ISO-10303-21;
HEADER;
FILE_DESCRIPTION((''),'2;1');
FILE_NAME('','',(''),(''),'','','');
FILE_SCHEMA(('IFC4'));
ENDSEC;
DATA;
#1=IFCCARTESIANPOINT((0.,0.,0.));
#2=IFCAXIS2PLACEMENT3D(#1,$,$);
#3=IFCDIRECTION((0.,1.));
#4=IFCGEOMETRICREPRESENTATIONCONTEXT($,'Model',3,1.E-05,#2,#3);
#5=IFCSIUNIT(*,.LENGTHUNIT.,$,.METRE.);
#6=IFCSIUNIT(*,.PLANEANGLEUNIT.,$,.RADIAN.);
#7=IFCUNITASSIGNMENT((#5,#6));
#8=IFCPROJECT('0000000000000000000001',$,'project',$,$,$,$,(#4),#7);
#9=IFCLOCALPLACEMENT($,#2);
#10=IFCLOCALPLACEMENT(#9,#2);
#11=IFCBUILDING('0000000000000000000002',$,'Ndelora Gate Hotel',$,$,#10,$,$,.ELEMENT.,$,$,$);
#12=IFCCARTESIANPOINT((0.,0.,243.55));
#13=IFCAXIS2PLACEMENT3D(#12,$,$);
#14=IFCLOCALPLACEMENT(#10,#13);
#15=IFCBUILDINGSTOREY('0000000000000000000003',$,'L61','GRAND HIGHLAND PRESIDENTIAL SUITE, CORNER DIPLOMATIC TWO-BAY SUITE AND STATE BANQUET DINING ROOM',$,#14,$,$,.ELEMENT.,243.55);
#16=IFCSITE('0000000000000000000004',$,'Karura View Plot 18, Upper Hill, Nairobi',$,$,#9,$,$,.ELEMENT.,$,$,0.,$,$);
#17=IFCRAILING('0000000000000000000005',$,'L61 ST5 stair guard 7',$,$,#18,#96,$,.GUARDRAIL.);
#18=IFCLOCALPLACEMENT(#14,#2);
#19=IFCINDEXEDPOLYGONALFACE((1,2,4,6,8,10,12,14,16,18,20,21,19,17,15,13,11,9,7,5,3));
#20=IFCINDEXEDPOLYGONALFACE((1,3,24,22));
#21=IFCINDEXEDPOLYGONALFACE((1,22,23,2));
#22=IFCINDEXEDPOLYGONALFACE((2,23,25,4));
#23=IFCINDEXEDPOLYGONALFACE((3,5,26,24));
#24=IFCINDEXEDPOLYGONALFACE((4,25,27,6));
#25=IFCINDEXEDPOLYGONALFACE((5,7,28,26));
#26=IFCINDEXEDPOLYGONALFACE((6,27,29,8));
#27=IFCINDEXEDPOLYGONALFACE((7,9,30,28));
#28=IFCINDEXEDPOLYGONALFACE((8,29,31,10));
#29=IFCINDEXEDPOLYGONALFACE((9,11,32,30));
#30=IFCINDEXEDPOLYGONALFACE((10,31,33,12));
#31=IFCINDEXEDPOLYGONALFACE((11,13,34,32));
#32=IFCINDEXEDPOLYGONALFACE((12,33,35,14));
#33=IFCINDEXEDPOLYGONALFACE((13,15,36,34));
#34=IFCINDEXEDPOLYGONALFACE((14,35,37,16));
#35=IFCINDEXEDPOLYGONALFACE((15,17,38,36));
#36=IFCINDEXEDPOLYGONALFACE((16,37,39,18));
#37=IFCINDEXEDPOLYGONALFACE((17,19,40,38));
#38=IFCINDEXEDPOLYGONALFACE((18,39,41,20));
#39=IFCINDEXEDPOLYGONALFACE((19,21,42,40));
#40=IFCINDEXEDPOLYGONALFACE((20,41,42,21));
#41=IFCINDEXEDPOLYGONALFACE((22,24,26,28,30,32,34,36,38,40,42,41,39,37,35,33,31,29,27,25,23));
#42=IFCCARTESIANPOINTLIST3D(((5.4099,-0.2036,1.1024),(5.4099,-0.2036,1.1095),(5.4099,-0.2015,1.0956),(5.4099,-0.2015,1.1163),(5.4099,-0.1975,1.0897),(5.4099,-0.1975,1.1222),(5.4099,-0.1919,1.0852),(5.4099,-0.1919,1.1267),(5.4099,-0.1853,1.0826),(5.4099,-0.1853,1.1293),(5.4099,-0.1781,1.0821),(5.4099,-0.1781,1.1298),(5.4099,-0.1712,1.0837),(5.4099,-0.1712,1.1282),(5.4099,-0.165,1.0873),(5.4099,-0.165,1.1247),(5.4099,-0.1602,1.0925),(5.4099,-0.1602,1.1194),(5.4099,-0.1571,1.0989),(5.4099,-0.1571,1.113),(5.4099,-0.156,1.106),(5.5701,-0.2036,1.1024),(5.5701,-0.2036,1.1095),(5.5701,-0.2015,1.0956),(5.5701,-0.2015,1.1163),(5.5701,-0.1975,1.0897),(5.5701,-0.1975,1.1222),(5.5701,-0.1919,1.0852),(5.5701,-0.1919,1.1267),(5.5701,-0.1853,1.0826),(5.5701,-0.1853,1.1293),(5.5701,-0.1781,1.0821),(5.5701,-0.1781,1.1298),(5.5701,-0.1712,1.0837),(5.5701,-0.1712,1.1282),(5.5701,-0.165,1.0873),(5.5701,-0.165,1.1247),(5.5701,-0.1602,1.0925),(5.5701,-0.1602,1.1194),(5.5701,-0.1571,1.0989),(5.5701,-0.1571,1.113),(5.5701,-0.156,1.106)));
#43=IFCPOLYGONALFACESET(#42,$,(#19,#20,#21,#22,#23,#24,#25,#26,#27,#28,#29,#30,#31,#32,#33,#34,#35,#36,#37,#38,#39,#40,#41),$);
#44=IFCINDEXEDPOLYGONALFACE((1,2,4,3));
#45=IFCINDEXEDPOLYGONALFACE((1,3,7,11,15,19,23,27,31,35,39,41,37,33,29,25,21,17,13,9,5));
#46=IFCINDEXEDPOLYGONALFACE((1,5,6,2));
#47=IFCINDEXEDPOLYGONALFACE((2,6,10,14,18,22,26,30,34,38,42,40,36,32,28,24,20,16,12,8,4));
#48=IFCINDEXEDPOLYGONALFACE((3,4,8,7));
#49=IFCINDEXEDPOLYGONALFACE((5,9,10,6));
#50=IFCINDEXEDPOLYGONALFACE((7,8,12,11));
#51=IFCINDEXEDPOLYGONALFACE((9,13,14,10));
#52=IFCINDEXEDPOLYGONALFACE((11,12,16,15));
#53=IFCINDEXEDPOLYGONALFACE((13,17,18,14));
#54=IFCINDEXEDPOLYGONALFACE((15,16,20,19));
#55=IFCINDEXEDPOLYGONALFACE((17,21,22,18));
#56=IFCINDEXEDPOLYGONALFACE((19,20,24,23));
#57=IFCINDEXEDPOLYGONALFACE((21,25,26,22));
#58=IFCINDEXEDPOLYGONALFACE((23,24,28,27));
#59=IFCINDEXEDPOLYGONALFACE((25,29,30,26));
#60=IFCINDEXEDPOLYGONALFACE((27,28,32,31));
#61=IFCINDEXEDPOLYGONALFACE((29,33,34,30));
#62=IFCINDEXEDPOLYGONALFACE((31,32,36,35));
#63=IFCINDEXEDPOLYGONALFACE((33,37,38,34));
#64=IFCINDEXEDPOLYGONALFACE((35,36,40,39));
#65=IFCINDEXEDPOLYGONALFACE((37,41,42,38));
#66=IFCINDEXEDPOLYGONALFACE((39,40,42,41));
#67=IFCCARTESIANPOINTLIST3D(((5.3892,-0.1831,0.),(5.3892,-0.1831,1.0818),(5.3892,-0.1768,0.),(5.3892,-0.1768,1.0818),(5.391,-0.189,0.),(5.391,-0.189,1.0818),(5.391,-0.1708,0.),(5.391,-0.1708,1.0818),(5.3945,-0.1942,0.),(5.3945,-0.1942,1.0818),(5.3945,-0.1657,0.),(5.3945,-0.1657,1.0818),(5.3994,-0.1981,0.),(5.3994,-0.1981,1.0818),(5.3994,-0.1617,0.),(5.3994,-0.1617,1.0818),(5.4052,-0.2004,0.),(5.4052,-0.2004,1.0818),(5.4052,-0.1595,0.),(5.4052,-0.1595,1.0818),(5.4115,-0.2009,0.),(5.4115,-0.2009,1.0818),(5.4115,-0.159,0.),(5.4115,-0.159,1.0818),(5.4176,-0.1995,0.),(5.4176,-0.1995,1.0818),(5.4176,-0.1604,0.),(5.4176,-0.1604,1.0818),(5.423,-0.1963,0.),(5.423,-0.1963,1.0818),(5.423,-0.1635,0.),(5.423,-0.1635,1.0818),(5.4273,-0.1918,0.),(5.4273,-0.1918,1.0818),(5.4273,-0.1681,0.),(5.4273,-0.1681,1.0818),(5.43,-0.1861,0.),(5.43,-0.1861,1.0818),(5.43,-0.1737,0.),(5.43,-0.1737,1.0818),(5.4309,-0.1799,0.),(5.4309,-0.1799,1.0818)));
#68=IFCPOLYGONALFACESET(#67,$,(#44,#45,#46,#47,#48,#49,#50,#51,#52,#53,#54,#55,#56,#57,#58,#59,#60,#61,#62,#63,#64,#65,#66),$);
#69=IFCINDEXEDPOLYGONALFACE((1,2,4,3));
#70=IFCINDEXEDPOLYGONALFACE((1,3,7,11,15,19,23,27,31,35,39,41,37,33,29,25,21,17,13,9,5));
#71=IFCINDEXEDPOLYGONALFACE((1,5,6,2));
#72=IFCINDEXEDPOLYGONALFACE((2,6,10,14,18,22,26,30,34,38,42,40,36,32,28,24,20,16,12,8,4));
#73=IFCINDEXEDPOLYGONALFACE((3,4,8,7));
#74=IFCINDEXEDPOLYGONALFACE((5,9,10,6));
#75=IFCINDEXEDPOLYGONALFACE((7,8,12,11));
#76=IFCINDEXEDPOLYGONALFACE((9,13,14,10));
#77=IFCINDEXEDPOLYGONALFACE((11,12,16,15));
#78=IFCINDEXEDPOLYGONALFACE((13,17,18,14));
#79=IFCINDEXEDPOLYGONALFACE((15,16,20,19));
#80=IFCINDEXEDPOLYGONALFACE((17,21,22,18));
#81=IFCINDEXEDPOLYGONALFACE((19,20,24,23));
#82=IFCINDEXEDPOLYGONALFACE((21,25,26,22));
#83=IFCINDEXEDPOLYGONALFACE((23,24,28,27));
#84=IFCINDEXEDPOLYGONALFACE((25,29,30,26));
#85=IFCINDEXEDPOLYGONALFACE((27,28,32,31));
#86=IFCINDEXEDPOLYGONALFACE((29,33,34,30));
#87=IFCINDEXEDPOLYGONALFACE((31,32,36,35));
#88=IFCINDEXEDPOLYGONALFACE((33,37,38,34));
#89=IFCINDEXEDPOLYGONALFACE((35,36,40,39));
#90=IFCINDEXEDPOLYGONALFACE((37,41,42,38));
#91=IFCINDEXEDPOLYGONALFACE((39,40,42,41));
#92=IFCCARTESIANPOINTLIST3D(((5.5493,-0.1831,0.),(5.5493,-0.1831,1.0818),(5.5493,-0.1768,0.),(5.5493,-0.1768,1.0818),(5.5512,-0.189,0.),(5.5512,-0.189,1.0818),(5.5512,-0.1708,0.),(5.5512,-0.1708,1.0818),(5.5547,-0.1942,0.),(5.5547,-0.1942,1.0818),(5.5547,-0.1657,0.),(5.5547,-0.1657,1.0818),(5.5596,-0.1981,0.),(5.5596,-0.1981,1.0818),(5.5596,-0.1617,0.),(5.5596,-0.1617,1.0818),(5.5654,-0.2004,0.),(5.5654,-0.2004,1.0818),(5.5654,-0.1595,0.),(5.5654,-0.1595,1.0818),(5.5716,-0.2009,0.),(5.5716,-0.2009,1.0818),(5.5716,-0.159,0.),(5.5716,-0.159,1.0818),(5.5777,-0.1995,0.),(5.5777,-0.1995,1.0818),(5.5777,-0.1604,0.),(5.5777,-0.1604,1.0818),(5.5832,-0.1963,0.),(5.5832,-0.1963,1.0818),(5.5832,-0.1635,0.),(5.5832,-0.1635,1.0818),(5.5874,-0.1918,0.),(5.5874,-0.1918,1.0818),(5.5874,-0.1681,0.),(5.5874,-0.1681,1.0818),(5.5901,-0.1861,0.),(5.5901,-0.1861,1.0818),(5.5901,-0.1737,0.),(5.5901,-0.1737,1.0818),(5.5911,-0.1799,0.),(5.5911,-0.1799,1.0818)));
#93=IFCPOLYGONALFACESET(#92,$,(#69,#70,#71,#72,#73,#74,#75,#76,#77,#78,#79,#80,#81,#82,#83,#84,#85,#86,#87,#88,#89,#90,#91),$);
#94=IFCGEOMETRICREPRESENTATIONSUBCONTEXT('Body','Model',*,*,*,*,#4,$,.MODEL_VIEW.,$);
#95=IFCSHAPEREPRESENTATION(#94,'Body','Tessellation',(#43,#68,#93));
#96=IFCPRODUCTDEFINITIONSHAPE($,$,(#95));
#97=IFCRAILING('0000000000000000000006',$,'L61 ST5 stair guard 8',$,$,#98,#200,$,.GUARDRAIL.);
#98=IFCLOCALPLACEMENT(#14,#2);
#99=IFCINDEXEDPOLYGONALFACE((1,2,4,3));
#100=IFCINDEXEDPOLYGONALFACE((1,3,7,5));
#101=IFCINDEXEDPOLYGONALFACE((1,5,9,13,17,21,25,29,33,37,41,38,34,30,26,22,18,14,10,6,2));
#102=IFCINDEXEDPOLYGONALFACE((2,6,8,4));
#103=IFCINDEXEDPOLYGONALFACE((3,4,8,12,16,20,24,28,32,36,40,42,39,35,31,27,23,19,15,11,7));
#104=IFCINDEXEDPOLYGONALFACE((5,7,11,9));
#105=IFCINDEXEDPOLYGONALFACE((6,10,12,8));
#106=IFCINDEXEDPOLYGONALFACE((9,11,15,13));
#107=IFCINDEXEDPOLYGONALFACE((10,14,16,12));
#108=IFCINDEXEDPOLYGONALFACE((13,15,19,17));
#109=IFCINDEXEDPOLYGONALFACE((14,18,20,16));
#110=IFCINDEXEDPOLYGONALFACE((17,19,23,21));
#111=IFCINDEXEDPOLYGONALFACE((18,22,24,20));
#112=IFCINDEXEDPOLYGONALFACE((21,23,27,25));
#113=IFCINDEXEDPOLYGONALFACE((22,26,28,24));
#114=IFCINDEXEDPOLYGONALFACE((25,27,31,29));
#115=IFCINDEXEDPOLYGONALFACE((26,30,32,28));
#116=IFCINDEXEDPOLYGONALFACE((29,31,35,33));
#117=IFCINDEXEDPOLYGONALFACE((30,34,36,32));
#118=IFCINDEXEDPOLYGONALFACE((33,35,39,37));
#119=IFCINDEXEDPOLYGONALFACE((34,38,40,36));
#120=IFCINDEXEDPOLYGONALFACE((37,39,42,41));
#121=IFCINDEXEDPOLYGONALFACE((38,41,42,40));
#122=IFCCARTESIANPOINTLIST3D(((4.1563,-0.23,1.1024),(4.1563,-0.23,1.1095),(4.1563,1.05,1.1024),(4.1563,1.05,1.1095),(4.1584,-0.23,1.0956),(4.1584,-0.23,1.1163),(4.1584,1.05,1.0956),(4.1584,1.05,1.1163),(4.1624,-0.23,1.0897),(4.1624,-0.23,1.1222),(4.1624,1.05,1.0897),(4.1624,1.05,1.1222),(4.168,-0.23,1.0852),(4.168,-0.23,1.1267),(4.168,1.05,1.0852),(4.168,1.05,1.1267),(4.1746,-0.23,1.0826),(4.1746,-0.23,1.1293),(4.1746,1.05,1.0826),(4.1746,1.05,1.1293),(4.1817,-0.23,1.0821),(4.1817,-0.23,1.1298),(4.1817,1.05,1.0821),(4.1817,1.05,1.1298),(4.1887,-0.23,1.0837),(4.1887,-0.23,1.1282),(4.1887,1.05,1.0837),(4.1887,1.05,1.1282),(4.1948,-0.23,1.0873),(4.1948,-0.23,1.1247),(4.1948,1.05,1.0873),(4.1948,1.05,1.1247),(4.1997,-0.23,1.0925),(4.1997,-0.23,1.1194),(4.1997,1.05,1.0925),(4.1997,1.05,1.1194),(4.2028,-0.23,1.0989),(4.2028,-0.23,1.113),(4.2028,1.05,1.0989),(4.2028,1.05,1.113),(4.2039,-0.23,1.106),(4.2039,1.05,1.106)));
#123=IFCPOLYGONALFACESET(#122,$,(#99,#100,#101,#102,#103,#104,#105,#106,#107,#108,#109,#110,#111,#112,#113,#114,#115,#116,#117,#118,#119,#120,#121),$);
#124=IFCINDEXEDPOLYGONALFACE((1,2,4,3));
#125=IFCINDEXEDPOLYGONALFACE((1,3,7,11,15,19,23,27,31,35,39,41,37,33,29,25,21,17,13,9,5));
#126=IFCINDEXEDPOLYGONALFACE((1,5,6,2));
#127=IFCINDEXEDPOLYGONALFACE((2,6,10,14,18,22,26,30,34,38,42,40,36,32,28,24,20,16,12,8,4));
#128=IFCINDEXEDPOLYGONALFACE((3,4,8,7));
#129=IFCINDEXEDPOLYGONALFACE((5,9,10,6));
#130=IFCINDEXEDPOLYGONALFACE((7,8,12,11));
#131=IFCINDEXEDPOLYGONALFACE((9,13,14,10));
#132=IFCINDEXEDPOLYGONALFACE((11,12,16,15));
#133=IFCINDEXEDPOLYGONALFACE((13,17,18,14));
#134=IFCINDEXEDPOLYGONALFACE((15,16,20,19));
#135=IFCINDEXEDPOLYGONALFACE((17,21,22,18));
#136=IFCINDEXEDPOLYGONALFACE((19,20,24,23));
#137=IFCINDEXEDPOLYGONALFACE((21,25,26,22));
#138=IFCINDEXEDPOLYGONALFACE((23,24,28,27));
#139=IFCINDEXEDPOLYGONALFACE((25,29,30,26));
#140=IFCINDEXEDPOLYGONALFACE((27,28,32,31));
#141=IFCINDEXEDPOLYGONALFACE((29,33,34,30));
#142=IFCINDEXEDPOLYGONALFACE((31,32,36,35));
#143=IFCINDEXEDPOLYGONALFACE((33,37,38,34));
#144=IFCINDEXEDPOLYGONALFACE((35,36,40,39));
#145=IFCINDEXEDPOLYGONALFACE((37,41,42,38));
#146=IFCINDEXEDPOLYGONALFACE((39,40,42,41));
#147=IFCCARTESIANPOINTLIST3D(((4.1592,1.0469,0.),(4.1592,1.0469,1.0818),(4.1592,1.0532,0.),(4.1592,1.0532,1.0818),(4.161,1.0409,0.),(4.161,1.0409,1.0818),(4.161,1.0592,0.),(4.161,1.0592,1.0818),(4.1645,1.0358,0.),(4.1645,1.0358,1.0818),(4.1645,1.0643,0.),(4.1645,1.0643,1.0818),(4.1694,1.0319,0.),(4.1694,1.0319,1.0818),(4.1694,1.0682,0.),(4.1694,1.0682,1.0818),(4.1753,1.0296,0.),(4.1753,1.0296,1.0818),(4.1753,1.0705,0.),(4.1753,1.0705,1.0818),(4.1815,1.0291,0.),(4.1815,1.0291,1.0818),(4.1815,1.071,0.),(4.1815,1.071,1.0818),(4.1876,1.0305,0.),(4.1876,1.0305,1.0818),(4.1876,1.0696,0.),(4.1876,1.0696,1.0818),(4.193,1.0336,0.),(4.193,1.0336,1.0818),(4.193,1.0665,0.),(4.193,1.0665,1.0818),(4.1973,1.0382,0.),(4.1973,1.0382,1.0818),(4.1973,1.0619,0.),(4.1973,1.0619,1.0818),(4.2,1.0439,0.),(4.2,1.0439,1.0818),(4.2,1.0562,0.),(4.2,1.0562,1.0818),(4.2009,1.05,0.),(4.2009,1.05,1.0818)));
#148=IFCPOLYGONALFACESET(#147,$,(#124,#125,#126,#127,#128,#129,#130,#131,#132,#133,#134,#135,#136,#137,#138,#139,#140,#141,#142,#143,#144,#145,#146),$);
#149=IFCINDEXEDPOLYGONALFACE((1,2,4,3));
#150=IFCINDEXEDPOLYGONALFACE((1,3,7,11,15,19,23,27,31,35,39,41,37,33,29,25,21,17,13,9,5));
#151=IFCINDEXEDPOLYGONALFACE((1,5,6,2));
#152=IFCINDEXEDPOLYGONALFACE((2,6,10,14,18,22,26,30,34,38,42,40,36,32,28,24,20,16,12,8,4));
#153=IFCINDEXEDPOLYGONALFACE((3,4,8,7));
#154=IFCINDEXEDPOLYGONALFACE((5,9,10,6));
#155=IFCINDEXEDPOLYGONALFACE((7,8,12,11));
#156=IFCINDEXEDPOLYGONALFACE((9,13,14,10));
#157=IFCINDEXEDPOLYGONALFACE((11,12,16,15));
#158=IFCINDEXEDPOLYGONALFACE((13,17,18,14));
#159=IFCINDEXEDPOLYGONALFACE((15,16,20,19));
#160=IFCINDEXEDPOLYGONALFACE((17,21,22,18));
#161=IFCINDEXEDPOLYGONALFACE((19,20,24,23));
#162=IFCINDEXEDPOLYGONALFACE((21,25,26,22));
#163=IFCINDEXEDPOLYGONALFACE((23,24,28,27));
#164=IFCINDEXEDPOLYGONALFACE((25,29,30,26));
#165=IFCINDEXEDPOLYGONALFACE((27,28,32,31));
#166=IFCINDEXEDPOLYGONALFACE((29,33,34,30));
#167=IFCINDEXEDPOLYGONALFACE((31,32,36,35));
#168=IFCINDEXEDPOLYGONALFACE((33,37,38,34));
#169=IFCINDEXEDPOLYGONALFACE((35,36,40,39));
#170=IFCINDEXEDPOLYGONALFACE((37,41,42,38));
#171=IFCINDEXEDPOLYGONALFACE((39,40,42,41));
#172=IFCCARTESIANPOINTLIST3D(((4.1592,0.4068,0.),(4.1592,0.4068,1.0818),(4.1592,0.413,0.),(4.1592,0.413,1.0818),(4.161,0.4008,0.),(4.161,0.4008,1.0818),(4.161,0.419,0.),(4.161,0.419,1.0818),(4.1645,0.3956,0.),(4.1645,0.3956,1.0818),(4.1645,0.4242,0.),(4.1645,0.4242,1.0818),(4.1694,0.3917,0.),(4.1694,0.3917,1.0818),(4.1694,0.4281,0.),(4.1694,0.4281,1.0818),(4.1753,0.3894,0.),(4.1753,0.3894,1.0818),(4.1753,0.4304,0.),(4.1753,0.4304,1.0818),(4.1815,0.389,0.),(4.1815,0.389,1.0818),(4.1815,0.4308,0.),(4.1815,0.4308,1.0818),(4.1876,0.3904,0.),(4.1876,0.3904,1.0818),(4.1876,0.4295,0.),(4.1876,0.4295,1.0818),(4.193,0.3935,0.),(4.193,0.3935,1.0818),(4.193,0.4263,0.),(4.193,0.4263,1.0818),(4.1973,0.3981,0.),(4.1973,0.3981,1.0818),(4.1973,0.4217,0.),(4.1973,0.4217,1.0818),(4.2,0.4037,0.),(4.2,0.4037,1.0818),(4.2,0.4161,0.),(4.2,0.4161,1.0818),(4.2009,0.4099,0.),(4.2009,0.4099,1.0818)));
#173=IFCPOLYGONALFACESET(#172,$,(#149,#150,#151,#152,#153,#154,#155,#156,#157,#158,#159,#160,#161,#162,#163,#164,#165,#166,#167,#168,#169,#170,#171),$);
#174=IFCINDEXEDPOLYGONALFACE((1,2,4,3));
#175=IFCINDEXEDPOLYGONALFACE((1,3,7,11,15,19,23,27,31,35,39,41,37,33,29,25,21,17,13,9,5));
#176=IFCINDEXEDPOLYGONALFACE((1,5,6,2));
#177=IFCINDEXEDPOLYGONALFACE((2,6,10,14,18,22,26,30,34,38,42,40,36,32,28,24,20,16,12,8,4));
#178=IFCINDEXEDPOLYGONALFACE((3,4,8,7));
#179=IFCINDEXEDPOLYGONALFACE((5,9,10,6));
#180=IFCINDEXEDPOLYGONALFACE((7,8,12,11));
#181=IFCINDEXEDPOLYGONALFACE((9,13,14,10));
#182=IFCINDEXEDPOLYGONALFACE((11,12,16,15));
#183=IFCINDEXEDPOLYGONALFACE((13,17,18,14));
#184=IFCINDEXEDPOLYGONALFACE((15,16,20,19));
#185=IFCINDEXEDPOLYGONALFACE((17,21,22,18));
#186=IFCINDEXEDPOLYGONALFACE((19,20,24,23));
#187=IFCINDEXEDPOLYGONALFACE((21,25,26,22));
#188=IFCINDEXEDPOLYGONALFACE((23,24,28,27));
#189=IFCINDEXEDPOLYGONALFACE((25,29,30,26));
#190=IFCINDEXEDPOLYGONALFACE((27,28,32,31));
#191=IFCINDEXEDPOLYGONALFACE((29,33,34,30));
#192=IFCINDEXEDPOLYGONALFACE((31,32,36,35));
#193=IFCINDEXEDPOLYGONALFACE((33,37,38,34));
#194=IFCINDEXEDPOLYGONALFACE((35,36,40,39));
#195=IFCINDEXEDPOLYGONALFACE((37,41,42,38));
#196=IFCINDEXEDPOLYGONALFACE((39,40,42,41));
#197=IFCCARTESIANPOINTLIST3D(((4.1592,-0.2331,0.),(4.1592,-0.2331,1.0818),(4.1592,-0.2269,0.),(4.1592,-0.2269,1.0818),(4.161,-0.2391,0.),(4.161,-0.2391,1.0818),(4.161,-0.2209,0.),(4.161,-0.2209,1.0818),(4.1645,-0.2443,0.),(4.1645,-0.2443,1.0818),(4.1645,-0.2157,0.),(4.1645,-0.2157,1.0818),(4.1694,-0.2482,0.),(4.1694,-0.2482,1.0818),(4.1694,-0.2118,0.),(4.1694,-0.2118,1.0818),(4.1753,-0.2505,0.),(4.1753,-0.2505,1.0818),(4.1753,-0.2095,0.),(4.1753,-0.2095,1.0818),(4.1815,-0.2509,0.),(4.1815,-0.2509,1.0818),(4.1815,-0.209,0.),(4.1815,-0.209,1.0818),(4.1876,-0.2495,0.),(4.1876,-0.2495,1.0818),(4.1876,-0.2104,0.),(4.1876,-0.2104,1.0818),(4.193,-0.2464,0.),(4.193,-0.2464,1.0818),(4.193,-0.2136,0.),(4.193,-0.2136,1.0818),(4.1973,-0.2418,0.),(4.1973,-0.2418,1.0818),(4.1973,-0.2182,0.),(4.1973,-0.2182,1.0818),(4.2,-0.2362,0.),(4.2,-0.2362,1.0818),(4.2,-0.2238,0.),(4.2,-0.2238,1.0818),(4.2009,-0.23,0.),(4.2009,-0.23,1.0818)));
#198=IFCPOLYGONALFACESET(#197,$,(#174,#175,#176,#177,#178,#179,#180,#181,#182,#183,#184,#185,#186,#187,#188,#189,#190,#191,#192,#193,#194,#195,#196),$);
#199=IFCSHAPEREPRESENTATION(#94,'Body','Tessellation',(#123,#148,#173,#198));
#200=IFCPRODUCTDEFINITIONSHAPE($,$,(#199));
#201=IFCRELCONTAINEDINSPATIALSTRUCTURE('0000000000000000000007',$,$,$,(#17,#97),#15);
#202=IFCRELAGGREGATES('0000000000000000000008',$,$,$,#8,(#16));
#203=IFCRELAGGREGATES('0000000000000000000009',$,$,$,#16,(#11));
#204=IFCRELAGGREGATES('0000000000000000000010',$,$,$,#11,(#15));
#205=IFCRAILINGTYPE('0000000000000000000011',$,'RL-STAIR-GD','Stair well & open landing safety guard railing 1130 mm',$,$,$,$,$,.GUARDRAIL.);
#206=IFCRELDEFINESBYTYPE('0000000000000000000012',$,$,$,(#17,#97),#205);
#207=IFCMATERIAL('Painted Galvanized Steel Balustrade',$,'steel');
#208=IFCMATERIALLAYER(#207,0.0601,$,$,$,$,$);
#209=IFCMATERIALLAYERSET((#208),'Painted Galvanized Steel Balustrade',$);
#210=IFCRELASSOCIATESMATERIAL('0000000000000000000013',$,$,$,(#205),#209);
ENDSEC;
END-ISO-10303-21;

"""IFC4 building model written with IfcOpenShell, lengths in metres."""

from ifc_helpers import new_model, si_unit, direction, frame, origin, origin_2d, place, context, subcontext, project, spatial, circle, extrude, material, layer, layer_set, type_object, element, save


model = new_model("IFC4")

# Units and contexts
model_context = context("Model", 3, precision=1e-05, world=origin(), true_north=direction((0.0, 1.0)))
body_context = subcontext(model_context, "Body", "Model", "MODEL_VIEW")
ifc_project = project(units=[si_unit("LENGTHUNIT", "METRE"), si_unit("PLANEANGLEUNIT", "RADIAN")], contexts=[model_context])

# Site, building, storey
site_placement = place(None, origin())
site = spatial("IfcSite", under=ifc_project, at=site_placement, Name="Karura View Plot 18, Upper Hill, Nairobi", CompositionType="ELEMENT", RefElevation=0.0)
building_placement = place(site_placement, origin())
building = spatial("IfcBuilding", under=site, at=building_placement, Name="Ndelora Gate Hotel", CompositionType="ELEMENT")
storey_placement = place(building_placement, frame((0.0, 0.0, 243.55)))
storey = spatial("IfcBuildingStorey", under=building, at=storey_placement, Name="L61", Description="GRAND HIGHLAND PRESIDENTIAL SUITE, CORNER DIPLOMATIC TWO-BAY SUITE AND STATE BANQUET DINING ROOM", CompositionType="ELEMENT", Elevation=243.55)

# Railings
ifc_material_1 = material(Name="Painted Galvanized Steel Balustrade", Category="steel")
ifc_layer_1 = layer(ifc_material_1, 0.0601)
ifc_layer_set_1 = layer_set([ifc_layer_1], Name="Painted Galvanized Steel Balustrade")
railing_type_1 = type_object("IfcRailingType", Name="RL-STAIR-GD", Description="Stair well & open landing safety guard railing 1130 mm", PredefinedType="GUARDRAIL", material=ifc_layer_set_1)
railing_1_placement = place(storey_placement, frame((5.4099, -0.1799, 0.0)))
element("IfcRailing", 1, at=railing_1_placement, inside=storey, type_object=railing_type_1, Name="L61 ST5 stair guard 7", PredefinedType="GUARDRAIL", context=body_context, shape_type="SweptSolid", body=[
    extrude(circle(Radius=0.0239, at=origin_2d()), frame((0.0, 0.0, 1.106), z_axis=(1.0, 0.0, 0.0), x_axis=(0.0, 1.0, 0.0)), (0.0, 0.0, 1.0), 0.1602),
    extrude(circle(Radius=0.021, at=origin_2d()), origin(), (0.0, 0.0, 1.0), 1.0818),
    extrude(circle(Radius=0.021, at=origin_2d()), frame((0.1602, 0.0, 0.0)), (0.0, 0.0, 1.0), 1.0818),
])
for number, where, name in (
    (2, (4.1799, 1.05, 0.0), "L61 ST5 stair guard 8"),
):
    element("IfcRailing", number, at=place(storey_placement, frame(where)), inside=storey, type_object=railing_type_1, Name=name, PredefinedType="GUARDRAIL", context=body_context, shape_type="SweptSolid", body=[
        extrude(circle(Radius=0.0239, at=origin_2d()), frame((0.0, 0.0, 1.106), z_axis=(0.0, -1.0, 0.0), x_axis=(1.0, 0.0, 0.0)), (0.0, 0.0, 1.0), 1.28),
        extrude(circle(Radius=0.021, at=origin_2d()), origin(), (0.0, 0.0, 1.0), 1.0818),
        extrude(circle(Radius=0.021, at=origin_2d()), frame((0.0, -0.6401, 0.0)), (0.0, 0.0, 1.0), 1.0818),
        extrude(circle(Radius=0.021, at=origin_2d()), frame((0.0, -1.28, 0.0)), (0.0, 0.0, 1.0), 1.0818),
    ])

save(model, "model.ifc")
